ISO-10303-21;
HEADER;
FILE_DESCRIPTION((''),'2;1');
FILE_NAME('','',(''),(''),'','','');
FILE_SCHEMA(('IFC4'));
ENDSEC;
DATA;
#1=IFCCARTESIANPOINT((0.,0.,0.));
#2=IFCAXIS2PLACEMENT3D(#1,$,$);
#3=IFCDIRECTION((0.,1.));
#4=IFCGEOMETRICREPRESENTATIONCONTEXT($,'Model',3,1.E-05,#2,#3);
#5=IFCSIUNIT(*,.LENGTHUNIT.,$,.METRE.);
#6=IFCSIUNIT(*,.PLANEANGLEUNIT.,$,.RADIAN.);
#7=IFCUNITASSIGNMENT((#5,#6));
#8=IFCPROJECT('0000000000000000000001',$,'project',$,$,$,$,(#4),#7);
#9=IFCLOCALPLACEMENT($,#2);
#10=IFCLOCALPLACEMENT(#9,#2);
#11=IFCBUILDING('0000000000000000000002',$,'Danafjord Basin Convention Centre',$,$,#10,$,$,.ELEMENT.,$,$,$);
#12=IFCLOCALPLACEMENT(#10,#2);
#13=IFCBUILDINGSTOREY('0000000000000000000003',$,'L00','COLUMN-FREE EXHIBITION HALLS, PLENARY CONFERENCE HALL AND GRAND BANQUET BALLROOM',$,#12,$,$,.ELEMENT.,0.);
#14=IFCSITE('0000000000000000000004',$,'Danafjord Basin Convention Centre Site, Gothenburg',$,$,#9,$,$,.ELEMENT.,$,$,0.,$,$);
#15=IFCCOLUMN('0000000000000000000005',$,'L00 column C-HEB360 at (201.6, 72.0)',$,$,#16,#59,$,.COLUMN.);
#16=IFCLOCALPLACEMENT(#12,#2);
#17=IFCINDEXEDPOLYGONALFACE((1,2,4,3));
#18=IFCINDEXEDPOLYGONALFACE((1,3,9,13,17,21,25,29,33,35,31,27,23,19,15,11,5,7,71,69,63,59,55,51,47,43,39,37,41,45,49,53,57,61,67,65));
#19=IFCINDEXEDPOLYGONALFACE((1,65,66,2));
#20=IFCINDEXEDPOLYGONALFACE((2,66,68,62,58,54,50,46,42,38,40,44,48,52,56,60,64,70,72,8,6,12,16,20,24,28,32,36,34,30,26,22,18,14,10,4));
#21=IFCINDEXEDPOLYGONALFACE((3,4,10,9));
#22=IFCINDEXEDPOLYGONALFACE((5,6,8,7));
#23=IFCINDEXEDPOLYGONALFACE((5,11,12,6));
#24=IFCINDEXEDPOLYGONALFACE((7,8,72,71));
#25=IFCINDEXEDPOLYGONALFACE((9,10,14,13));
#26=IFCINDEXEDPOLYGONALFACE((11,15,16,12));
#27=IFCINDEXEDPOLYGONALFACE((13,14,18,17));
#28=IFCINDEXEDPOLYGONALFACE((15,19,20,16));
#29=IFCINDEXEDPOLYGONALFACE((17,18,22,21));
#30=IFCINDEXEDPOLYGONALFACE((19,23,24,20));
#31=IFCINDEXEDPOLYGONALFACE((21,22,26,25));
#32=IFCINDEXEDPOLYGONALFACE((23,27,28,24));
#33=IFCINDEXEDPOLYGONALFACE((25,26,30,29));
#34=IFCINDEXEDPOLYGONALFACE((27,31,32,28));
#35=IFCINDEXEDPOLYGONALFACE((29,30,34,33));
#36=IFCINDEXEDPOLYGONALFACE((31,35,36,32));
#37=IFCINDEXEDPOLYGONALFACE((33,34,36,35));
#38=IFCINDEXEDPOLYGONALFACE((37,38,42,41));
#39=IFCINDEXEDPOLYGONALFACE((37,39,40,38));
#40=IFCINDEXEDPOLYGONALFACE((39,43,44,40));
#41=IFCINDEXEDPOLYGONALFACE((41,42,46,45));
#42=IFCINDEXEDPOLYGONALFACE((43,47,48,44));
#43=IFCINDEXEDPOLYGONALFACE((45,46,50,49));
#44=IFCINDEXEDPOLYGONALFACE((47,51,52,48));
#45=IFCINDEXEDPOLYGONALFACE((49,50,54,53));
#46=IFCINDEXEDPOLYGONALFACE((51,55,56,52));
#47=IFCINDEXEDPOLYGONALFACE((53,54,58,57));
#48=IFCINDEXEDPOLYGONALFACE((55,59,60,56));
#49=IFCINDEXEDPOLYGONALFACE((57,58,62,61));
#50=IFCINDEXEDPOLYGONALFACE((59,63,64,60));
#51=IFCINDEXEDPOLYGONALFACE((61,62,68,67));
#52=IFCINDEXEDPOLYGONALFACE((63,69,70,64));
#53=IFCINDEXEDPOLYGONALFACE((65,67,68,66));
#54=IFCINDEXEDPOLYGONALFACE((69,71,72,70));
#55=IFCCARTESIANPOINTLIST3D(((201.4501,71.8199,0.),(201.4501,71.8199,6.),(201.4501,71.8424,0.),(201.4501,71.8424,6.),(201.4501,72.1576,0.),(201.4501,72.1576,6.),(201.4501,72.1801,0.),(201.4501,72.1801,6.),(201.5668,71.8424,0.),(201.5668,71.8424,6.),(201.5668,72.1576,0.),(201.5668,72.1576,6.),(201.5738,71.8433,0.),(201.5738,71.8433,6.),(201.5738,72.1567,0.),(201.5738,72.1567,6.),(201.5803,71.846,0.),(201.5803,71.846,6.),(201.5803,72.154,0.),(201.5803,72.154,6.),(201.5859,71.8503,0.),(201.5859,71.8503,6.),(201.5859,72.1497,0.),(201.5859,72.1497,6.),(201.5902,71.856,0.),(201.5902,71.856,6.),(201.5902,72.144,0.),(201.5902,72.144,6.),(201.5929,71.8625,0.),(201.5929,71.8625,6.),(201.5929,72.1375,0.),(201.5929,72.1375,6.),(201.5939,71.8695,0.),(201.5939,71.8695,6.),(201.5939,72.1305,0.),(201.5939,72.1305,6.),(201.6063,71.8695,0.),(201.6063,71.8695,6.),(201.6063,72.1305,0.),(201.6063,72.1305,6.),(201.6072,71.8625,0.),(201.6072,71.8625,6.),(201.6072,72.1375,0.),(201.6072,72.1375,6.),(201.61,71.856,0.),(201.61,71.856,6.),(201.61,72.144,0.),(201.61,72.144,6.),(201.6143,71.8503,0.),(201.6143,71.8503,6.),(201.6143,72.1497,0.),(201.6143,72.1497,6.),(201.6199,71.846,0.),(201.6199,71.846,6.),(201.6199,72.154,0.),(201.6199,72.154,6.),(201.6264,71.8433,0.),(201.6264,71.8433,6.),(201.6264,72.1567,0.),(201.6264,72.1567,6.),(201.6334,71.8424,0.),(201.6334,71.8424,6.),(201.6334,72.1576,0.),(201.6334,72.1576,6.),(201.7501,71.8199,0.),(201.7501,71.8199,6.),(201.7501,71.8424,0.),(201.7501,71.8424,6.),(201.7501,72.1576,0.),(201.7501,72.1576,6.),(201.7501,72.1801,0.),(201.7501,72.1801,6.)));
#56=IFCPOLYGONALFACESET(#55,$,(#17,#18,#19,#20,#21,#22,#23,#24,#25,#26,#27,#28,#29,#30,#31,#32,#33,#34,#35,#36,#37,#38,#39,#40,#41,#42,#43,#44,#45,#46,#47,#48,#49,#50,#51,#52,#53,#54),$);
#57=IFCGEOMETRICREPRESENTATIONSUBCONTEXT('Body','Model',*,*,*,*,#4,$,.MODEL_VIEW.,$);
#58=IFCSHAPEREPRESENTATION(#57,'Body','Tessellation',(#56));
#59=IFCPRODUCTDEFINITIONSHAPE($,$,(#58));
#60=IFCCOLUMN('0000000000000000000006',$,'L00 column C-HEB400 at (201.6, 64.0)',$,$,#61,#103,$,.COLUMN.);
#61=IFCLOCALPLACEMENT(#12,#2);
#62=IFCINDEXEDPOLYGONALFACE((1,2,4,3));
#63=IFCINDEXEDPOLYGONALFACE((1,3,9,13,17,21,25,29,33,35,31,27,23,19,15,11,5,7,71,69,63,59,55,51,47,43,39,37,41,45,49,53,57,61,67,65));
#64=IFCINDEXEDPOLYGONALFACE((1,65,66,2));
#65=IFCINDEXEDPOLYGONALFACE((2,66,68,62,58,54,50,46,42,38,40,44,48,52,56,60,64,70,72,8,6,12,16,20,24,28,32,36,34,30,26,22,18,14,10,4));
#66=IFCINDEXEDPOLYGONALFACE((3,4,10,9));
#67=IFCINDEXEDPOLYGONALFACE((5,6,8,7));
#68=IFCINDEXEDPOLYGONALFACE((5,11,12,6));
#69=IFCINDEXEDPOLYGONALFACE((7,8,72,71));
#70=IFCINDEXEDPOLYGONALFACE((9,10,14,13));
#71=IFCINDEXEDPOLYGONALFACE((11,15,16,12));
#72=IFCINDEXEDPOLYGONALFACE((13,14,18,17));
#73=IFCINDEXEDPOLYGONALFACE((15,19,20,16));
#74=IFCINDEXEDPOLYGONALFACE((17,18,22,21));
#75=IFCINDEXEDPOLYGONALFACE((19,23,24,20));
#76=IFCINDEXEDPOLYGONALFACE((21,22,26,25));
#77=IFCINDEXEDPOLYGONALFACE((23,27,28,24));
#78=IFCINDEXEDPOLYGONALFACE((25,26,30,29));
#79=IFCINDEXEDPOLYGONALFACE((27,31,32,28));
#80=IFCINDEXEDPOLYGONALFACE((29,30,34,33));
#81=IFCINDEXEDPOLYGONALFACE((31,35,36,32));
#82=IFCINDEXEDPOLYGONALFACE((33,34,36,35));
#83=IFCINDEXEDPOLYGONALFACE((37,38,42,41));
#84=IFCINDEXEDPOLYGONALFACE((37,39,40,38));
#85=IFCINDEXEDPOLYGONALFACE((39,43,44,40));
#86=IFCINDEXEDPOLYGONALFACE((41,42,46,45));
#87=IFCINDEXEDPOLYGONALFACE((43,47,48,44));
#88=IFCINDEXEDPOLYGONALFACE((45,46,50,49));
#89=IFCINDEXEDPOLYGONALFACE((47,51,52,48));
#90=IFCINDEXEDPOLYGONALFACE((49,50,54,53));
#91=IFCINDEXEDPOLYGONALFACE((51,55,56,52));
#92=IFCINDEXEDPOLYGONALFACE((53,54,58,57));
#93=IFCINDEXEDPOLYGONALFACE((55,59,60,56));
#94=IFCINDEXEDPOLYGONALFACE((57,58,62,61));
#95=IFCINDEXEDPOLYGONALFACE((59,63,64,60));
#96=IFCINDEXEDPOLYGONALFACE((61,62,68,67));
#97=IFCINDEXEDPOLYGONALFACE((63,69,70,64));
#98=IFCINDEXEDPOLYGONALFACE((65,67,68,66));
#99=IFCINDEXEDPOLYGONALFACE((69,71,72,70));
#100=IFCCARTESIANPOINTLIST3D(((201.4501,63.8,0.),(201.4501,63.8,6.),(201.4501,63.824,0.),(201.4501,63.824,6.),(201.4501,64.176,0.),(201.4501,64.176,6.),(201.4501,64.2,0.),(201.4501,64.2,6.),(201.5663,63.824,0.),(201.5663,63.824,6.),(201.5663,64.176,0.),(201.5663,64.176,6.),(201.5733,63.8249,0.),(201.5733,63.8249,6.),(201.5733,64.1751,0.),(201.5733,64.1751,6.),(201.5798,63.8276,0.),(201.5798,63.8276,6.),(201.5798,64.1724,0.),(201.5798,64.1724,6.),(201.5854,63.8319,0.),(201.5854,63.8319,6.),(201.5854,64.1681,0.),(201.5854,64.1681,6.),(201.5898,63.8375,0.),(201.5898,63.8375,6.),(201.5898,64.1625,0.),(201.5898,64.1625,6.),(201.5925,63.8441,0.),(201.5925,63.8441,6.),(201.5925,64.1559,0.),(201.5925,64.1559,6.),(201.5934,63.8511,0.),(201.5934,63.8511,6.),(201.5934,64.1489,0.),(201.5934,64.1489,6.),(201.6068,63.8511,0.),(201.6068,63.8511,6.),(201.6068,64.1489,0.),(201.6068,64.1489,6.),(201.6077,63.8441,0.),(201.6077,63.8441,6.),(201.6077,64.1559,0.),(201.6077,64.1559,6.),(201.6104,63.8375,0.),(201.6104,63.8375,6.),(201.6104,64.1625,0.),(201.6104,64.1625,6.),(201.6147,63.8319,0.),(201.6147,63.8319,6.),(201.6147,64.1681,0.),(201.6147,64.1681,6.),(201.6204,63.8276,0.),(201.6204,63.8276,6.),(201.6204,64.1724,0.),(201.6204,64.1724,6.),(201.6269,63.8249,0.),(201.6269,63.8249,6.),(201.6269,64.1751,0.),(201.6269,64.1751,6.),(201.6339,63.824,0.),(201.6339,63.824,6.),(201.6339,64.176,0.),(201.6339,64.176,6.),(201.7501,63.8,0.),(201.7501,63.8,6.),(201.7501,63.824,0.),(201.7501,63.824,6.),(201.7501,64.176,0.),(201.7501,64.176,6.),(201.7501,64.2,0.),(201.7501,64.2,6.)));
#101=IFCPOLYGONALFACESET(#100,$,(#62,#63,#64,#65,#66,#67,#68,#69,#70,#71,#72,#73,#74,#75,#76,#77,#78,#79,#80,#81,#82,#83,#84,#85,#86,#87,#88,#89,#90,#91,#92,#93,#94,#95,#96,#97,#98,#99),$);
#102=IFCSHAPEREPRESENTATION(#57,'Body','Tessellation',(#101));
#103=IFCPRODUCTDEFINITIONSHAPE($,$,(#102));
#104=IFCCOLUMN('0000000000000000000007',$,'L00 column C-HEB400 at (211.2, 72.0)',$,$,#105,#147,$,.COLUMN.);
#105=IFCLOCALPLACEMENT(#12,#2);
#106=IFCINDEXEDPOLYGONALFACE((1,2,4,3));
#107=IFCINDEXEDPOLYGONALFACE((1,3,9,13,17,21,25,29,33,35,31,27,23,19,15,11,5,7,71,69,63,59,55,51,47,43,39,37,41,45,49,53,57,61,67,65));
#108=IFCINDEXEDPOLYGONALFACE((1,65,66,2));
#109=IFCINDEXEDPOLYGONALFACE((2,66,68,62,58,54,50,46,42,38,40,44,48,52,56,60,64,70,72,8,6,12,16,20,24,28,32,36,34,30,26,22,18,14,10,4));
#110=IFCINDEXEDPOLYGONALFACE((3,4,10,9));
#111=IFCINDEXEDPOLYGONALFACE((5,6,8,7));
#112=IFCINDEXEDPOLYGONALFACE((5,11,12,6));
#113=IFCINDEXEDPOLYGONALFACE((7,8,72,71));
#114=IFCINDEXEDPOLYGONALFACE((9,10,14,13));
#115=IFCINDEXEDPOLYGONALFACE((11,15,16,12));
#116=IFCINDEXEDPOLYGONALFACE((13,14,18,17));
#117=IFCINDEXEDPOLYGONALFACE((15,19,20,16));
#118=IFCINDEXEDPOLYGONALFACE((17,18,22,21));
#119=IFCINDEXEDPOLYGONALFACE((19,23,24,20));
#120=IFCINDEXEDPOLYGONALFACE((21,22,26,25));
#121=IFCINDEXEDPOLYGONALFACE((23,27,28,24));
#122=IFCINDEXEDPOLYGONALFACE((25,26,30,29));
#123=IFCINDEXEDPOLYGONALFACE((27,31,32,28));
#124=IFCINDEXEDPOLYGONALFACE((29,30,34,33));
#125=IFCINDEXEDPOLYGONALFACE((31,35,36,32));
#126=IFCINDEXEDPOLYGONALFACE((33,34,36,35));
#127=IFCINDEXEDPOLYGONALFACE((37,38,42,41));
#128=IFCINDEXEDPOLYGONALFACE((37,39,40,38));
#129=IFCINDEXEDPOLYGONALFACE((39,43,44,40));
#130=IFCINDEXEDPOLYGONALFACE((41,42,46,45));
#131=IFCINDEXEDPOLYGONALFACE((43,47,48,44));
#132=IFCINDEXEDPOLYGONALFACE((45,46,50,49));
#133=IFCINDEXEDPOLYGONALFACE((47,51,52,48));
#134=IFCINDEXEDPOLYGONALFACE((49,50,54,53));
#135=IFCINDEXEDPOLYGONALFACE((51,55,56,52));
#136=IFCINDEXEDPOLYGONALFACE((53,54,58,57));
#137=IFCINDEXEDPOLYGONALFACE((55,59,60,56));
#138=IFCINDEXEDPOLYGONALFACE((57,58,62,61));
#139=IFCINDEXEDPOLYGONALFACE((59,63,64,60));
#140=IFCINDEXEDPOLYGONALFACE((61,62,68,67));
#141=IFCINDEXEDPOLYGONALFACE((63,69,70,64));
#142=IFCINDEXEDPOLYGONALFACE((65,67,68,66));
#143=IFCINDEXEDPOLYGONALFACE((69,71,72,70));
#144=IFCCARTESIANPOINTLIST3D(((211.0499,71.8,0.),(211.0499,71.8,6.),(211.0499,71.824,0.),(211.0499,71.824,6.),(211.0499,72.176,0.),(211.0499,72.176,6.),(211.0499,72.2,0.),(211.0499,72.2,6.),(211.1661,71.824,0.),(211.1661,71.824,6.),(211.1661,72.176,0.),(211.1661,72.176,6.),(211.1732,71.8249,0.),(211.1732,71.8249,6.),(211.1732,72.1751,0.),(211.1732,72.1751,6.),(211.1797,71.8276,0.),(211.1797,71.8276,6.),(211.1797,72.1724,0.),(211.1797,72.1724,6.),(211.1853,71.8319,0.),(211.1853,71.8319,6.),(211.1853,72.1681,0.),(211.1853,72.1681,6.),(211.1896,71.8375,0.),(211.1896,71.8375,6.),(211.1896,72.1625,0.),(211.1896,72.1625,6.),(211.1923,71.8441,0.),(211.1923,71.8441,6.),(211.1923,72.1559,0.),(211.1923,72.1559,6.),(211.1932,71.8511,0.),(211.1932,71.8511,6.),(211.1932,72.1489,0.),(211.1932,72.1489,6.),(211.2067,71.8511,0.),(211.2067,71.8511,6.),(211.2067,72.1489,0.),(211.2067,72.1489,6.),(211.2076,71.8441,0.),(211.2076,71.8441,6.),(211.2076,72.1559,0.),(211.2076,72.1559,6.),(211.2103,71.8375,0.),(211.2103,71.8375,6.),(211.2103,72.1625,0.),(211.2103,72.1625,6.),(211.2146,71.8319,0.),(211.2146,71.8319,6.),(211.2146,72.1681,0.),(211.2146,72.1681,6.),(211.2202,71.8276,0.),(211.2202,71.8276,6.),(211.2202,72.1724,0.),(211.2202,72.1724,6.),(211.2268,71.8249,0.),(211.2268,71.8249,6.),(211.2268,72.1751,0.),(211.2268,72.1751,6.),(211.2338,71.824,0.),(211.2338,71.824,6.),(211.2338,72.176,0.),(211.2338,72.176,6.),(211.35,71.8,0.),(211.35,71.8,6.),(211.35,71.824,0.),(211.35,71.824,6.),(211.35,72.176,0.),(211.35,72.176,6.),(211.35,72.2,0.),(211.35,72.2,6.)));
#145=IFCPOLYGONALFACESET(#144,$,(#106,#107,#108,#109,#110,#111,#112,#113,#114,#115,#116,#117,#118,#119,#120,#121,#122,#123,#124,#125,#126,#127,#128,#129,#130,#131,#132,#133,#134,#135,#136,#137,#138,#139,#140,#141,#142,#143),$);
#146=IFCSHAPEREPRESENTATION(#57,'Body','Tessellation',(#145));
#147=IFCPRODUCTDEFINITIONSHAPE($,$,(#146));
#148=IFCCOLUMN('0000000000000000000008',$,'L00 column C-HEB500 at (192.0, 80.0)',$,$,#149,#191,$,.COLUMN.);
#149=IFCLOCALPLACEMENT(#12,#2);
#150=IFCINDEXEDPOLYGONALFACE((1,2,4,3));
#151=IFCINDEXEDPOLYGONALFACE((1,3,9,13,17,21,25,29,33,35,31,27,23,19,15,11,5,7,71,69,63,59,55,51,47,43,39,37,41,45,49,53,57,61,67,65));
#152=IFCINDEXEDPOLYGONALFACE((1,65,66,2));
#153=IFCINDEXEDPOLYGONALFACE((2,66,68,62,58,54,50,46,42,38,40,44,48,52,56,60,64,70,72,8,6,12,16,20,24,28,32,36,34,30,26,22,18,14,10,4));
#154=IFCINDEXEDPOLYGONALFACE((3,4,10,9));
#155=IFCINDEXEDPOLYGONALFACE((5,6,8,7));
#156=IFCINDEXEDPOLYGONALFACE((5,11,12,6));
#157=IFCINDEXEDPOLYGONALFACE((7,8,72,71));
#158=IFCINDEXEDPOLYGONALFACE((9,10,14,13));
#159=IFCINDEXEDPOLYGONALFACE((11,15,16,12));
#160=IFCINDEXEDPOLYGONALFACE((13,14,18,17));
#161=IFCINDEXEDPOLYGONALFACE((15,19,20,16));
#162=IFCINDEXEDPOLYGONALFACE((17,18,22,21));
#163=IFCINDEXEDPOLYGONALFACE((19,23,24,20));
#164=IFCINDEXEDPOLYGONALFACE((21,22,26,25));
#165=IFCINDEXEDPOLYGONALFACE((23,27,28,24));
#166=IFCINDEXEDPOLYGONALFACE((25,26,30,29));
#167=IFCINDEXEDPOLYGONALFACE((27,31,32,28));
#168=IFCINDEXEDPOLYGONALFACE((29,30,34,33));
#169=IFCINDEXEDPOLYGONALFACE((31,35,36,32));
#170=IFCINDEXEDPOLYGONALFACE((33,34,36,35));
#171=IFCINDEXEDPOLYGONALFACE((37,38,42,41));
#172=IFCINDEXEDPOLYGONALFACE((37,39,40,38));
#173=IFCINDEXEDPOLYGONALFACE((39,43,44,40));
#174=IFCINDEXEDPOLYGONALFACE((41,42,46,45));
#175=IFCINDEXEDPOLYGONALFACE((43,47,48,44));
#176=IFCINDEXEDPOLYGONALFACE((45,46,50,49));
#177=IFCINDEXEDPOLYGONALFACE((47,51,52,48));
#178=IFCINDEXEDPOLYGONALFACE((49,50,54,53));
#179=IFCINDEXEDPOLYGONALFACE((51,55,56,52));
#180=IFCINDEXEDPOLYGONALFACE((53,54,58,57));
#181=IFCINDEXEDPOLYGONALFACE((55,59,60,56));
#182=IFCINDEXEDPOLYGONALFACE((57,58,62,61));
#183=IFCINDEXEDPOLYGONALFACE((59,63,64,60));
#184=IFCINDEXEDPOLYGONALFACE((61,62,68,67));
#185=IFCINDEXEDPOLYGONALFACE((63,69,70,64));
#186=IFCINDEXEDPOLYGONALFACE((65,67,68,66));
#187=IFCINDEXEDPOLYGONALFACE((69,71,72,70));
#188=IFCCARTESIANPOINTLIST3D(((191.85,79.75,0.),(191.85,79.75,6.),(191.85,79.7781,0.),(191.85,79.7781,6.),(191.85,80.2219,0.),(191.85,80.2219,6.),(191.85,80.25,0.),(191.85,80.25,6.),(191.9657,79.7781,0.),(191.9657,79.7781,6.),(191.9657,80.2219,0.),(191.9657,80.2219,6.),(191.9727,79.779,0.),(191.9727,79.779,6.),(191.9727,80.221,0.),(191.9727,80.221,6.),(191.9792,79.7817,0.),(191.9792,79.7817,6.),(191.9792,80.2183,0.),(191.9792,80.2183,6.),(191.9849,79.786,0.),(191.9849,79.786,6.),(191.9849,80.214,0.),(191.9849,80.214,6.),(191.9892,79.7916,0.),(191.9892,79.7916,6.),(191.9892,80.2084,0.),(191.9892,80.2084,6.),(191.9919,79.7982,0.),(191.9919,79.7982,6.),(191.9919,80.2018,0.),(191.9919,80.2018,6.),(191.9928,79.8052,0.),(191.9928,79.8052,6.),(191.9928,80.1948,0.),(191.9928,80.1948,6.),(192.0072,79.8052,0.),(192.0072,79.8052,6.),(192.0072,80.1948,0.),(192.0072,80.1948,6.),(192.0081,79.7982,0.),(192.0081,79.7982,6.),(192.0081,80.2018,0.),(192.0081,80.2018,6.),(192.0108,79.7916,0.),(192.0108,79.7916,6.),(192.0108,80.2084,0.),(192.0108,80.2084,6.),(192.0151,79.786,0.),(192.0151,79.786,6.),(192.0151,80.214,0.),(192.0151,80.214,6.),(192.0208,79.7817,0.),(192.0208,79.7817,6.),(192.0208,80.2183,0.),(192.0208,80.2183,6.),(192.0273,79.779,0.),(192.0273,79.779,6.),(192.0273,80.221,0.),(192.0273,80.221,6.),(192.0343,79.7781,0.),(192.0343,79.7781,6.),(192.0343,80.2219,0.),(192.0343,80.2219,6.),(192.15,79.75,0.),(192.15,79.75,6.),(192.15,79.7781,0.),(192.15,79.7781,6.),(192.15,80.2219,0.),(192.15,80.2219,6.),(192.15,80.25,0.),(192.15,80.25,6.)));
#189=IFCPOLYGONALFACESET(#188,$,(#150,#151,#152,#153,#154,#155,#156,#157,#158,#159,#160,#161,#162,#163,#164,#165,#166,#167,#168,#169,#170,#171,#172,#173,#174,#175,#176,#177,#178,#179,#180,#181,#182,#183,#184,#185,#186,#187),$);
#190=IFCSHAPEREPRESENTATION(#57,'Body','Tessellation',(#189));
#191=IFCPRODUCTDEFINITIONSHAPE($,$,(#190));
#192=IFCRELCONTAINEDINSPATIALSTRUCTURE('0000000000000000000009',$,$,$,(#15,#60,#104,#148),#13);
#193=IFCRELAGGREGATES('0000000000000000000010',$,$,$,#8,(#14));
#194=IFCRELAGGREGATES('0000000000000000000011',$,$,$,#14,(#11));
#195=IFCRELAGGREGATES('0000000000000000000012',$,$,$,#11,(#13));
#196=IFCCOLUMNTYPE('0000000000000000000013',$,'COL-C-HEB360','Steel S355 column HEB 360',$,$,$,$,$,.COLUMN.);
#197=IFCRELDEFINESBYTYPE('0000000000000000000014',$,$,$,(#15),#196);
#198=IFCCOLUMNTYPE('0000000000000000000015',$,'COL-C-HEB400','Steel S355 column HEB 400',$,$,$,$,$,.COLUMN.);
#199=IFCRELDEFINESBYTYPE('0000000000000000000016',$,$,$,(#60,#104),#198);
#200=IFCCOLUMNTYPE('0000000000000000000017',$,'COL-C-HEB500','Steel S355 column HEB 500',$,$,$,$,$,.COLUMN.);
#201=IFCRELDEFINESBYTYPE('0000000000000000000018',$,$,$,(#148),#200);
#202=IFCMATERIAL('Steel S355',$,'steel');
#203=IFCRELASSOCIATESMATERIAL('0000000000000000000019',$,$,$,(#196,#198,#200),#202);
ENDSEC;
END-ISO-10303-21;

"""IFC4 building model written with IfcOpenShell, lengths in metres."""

from ifc_helpers import new_model, si_unit, direction, frame, origin, origin_2d, place, context, subcontext, project, spatial, i_section, extrude, material, material_profile, profile_set, type_object, element, save


model = new_model("IFC4")

# Units and contexts
model_context = context("Model", 3, precision=1e-05, world=origin(), true_north=direction((0.0, 1.0)))
body_context = subcontext(model_context, "Body", "Model", "MODEL_VIEW")
ifc_project = project(units=[si_unit("LENGTHUNIT", "METRE"), si_unit("PLANEANGLEUNIT", "RADIAN")], contexts=[model_context])

# Site, building, storey
site_placement = place(None, origin())
site = spatial("IfcSite", under=ifc_project, at=site_placement, Name="Danafjord Basin Convention Centre Site, Gothenburg", CompositionType="ELEMENT", RefElevation=0.0)
building_placement = place(site_placement, origin())
building = spatial("IfcBuilding", under=site, at=building_placement, Name="Danafjord Basin Convention Centre", CompositionType="ELEMENT")
storey_placement = place(building_placement, origin())
storey = spatial("IfcBuildingStorey", under=building, at=storey_placement, Name="L00", Description="COLUMN-FREE EXHIBITION HALLS, PLENARY CONFERENCE HALL AND GRAND BANQUET BALLROOM", CompositionType="ELEMENT", Elevation=0.0)

# Columns
ifc_material_1 = material(Name="Steel S355", Category="steel")
ifc_material_profile_1 = material_profile(ifc_material_1, i_section(OverallWidth=0.3, OverallDepth=0.3601, WebThickness=0.0125, FlangeThickness=0.0225, FilletRadius=0.0271, at=origin_2d()), Name="HEB 360")
ifc_profile_set_1 = profile_set([ifc_material_profile_1], Name="Steel S355")
column_type_1 = type_object("IfcColumnType", Name="COL-C-HEB360", Description="Steel S355 column HEB 360", PredefinedType="COLUMN", material=ifc_profile_set_1)
column_1_placement = place(storey_placement, frame((201.6001, 72.0, 0.0), z_axis=(0.0, 0.0, 1.0), x_axis=(1.0, 0.0, 0.0)))
element("IfcColumn", 1, at=column_1_placement, inside=storey, type_object=column_type_1, Name="L00 column C-HEB360 at (201.6, 72.0)", PredefinedType="COLUMN", context=body_context, shape_type="SweptSolid", body=[
    extrude(i_section(OverallWidth=0.3, OverallDepth=0.3601, WebThickness=0.0125, FlangeThickness=0.0225, FilletRadius=0.0271, at=origin_2d()), origin(), (0.0, 0.0, 1.0), 6.0),
])
ifc_material_profile_2 = material_profile(ifc_material_1, i_section(OverallWidth=0.3, OverallDepth=0.3999, WebThickness=0.0134, FlangeThickness=0.0239, FilletRadius=0.0271, at=origin_2d()), Name="HEB 400")
ifc_profile_set_2 = profile_set([ifc_material_profile_2], Name="Steel S355")
column_type_2 = type_object("IfcColumnType", Name="COL-C-HEB400", Description="Steel S355 column HEB 400", PredefinedType="COLUMN", material=ifc_profile_set_2)
for number, where, z_axis, x_axis, name in (
    (2, (201.6001, 64.0, 0.0), (0.0, 0.0, 1.0), (1.0, 0.0, 0.0), "L00 column C-HEB400 at (201.6, 64.0)"),
    (3, (211.2, 72.0, 0.0), (0.0, 0.0, 1.0), (1.0, 0.0, 0.0), "L00 column C-HEB400 at (211.2, 72.0)"),
):
    element("IfcColumn", number, at=place(storey_placement, frame(where, z_axis=z_axis, x_axis=x_axis)), inside=storey, type_object=column_type_2, Name=name, PredefinedType="COLUMN", context=body_context, shape_type="SweptSolid", body=[
        extrude(i_section(OverallWidth=0.3, OverallDepth=0.3999, WebThickness=0.0134, FlangeThickness=0.0239, FilletRadius=0.0271, at=origin_2d()), origin(), (0.0, 0.0, 1.0), 6.0),
    ])
ifc_material_profile_3 = material_profile(ifc_material_1, i_section(OverallWidth=0.3, OverallDepth=0.5, WebThickness=0.0144, FlangeThickness=0.0281, FilletRadius=0.0271, at=origin_2d()), Name="HEB 500")
ifc_profile_set_3 = profile_set([ifc_material_profile_3], Name="Steel S355")
column_type_3 = type_object("IfcColumnType", Name="COL-C-HEB500", Description="Steel S355 column HEB 500", PredefinedType="COLUMN", material=ifc_profile_set_3)
for number, where, z_axis, x_axis, name in (
    (4, (192.0, 80.0, 0.0), (0.0, 0.0, 1.0), (1.0, 0.0, 0.0), "L00 column C-HEB500 at (192.0, 80.0)"),
):
    element("IfcColumn", number, at=place(storey_placement, frame(where, z_axis=z_axis, x_axis=x_axis)), inside=storey, type_object=column_type_3, Name=name, PredefinedType="COLUMN", context=body_context, shape_type="SweptSolid", body=[
        extrude(i_section(OverallWidth=0.3, OverallDepth=0.5, WebThickness=0.0144, FlangeThickness=0.0281, FilletRadius=0.0271, at=origin_2d()), origin(), (0.0, 0.0, 1.0), 6.0),
    ])

save(model, "model.ifc")
